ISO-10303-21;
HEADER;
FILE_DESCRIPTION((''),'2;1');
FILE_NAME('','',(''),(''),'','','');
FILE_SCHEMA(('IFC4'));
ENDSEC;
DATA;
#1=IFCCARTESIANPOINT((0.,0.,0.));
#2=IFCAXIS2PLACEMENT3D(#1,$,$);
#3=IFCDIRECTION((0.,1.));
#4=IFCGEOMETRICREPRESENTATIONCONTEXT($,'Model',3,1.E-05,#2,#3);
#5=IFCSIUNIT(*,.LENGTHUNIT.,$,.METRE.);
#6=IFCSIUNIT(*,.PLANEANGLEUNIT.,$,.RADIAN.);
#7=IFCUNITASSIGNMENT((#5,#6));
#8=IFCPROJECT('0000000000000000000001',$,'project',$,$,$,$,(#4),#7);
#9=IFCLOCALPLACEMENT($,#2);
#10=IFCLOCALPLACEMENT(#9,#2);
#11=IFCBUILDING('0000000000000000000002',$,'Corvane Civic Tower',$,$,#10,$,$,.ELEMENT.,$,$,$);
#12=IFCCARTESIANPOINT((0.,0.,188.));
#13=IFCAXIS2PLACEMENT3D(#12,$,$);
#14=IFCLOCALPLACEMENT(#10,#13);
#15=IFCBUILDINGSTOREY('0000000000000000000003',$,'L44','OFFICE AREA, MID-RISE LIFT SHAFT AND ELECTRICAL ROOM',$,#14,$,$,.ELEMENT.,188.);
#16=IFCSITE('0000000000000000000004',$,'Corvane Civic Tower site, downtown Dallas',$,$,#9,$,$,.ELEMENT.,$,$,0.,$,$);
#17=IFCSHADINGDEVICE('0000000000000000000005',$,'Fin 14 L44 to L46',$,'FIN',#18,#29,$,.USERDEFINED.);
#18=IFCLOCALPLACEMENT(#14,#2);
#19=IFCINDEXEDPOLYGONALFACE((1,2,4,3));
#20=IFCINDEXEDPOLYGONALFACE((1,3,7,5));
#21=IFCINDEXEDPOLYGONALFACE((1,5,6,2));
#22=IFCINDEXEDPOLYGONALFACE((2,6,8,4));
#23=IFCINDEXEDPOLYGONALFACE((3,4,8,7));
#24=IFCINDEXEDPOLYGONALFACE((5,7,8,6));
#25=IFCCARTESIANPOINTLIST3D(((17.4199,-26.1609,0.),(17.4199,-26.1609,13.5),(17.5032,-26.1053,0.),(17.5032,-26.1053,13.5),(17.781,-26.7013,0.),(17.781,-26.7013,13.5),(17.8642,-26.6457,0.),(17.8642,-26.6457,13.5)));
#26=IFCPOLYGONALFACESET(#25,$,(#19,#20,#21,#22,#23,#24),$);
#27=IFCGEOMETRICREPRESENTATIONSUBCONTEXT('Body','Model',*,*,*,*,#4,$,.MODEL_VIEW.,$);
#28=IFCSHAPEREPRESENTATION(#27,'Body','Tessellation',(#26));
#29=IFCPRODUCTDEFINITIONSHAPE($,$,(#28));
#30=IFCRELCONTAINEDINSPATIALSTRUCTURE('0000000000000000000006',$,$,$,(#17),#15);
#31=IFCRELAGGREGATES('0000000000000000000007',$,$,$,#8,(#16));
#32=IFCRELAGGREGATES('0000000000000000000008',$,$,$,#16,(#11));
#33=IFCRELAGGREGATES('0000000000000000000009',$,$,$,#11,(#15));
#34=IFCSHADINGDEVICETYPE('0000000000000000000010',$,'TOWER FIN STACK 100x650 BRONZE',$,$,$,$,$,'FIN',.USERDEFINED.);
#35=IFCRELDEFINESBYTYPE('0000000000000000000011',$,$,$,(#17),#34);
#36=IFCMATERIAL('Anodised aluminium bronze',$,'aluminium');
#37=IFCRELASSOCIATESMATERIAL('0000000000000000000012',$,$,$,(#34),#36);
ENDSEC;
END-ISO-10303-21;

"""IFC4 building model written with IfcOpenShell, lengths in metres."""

from ifc_helpers import new_model, si_unit, direction, frame, origin, origin_2d, place, context, subcontext, project, spatial, rectangle, extrude, material, material_profile, profile_set, type_object, element, save


model = new_model("IFC4")

# Units and contexts
model_context = context("Model", 3, precision=1e-05, world=origin(), true_north=direction((0.0, 1.0)))
body_context = subcontext(model_context, "Body", "Model", "MODEL_VIEW")
ifc_project = project(units=[si_unit("LENGTHUNIT", "METRE"), si_unit("PLANEANGLEUNIT", "RADIAN")], contexts=[model_context])

# Site, building, storey
site_placement = place(None, origin())
site = spatial("IfcSite", under=ifc_project, at=site_placement, Name="Corvane Civic Tower site, downtown Dallas", CompositionType="ELEMENT", RefElevation=0.0)
building_placement = place(site_placement, origin())
building = spatial("IfcBuilding", under=site, at=building_placement, Name="Corvane Civic Tower", CompositionType="ELEMENT")
storey_placement = place(building_placement, frame((0.0, 0.0, 188.0)))
storey = spatial("IfcBuildingStorey", under=building, at=storey_placement, Name="L44", Description="OFFICE AREA, MID-RISE LIFT SHAFT AND ELECTRICAL ROOM", CompositionType="ELEMENT", Elevation=188.0)

# Shading device
ifc_material_1 = material(Name="Anodised aluminium bronze", Category="aluminium")
ifc_material_profile_1 = material_profile(ifc_material_1, rectangle(XDim=0.1001, YDim=0.6499, at=origin_2d()), Name="TOWER FIN STACK 100x650 BRONZE")
ifc_profile_set_1 = profile_set([ifc_material_profile_1], Name="Anodised aluminium bronze")
shading_device_type = type_object("IfcShadingDeviceType", Name="TOWER FIN STACK 100x650 BRONZE", ElementType="FIN", PredefinedType="USERDEFINED", material=ifc_profile_set_1)
for number, where, z_axis, x_axis, name in (
    (1, (17.6421, -26.4033, 0.0), (0.0, 0.0, 1.0), (-0.83147, -0.55557, 0.0), "Fin 14 L44 to L46"),
):
    element("IfcShadingDevice", number, at=place(storey_placement, frame(where, z_axis=z_axis, x_axis=x_axis)), inside=storey, type_object=shading_device_type, Name=name, ObjectType="FIN", PredefinedType="USERDEFINED", context=body_context, shape_type="SweptSolid", body=[
        extrude(rectangle(XDim=0.1001, YDim=0.6499, at=origin_2d()), origin(), (0.0, 0.0, 1.0), 13.5),
    ])

save(model, "model.ifc")
